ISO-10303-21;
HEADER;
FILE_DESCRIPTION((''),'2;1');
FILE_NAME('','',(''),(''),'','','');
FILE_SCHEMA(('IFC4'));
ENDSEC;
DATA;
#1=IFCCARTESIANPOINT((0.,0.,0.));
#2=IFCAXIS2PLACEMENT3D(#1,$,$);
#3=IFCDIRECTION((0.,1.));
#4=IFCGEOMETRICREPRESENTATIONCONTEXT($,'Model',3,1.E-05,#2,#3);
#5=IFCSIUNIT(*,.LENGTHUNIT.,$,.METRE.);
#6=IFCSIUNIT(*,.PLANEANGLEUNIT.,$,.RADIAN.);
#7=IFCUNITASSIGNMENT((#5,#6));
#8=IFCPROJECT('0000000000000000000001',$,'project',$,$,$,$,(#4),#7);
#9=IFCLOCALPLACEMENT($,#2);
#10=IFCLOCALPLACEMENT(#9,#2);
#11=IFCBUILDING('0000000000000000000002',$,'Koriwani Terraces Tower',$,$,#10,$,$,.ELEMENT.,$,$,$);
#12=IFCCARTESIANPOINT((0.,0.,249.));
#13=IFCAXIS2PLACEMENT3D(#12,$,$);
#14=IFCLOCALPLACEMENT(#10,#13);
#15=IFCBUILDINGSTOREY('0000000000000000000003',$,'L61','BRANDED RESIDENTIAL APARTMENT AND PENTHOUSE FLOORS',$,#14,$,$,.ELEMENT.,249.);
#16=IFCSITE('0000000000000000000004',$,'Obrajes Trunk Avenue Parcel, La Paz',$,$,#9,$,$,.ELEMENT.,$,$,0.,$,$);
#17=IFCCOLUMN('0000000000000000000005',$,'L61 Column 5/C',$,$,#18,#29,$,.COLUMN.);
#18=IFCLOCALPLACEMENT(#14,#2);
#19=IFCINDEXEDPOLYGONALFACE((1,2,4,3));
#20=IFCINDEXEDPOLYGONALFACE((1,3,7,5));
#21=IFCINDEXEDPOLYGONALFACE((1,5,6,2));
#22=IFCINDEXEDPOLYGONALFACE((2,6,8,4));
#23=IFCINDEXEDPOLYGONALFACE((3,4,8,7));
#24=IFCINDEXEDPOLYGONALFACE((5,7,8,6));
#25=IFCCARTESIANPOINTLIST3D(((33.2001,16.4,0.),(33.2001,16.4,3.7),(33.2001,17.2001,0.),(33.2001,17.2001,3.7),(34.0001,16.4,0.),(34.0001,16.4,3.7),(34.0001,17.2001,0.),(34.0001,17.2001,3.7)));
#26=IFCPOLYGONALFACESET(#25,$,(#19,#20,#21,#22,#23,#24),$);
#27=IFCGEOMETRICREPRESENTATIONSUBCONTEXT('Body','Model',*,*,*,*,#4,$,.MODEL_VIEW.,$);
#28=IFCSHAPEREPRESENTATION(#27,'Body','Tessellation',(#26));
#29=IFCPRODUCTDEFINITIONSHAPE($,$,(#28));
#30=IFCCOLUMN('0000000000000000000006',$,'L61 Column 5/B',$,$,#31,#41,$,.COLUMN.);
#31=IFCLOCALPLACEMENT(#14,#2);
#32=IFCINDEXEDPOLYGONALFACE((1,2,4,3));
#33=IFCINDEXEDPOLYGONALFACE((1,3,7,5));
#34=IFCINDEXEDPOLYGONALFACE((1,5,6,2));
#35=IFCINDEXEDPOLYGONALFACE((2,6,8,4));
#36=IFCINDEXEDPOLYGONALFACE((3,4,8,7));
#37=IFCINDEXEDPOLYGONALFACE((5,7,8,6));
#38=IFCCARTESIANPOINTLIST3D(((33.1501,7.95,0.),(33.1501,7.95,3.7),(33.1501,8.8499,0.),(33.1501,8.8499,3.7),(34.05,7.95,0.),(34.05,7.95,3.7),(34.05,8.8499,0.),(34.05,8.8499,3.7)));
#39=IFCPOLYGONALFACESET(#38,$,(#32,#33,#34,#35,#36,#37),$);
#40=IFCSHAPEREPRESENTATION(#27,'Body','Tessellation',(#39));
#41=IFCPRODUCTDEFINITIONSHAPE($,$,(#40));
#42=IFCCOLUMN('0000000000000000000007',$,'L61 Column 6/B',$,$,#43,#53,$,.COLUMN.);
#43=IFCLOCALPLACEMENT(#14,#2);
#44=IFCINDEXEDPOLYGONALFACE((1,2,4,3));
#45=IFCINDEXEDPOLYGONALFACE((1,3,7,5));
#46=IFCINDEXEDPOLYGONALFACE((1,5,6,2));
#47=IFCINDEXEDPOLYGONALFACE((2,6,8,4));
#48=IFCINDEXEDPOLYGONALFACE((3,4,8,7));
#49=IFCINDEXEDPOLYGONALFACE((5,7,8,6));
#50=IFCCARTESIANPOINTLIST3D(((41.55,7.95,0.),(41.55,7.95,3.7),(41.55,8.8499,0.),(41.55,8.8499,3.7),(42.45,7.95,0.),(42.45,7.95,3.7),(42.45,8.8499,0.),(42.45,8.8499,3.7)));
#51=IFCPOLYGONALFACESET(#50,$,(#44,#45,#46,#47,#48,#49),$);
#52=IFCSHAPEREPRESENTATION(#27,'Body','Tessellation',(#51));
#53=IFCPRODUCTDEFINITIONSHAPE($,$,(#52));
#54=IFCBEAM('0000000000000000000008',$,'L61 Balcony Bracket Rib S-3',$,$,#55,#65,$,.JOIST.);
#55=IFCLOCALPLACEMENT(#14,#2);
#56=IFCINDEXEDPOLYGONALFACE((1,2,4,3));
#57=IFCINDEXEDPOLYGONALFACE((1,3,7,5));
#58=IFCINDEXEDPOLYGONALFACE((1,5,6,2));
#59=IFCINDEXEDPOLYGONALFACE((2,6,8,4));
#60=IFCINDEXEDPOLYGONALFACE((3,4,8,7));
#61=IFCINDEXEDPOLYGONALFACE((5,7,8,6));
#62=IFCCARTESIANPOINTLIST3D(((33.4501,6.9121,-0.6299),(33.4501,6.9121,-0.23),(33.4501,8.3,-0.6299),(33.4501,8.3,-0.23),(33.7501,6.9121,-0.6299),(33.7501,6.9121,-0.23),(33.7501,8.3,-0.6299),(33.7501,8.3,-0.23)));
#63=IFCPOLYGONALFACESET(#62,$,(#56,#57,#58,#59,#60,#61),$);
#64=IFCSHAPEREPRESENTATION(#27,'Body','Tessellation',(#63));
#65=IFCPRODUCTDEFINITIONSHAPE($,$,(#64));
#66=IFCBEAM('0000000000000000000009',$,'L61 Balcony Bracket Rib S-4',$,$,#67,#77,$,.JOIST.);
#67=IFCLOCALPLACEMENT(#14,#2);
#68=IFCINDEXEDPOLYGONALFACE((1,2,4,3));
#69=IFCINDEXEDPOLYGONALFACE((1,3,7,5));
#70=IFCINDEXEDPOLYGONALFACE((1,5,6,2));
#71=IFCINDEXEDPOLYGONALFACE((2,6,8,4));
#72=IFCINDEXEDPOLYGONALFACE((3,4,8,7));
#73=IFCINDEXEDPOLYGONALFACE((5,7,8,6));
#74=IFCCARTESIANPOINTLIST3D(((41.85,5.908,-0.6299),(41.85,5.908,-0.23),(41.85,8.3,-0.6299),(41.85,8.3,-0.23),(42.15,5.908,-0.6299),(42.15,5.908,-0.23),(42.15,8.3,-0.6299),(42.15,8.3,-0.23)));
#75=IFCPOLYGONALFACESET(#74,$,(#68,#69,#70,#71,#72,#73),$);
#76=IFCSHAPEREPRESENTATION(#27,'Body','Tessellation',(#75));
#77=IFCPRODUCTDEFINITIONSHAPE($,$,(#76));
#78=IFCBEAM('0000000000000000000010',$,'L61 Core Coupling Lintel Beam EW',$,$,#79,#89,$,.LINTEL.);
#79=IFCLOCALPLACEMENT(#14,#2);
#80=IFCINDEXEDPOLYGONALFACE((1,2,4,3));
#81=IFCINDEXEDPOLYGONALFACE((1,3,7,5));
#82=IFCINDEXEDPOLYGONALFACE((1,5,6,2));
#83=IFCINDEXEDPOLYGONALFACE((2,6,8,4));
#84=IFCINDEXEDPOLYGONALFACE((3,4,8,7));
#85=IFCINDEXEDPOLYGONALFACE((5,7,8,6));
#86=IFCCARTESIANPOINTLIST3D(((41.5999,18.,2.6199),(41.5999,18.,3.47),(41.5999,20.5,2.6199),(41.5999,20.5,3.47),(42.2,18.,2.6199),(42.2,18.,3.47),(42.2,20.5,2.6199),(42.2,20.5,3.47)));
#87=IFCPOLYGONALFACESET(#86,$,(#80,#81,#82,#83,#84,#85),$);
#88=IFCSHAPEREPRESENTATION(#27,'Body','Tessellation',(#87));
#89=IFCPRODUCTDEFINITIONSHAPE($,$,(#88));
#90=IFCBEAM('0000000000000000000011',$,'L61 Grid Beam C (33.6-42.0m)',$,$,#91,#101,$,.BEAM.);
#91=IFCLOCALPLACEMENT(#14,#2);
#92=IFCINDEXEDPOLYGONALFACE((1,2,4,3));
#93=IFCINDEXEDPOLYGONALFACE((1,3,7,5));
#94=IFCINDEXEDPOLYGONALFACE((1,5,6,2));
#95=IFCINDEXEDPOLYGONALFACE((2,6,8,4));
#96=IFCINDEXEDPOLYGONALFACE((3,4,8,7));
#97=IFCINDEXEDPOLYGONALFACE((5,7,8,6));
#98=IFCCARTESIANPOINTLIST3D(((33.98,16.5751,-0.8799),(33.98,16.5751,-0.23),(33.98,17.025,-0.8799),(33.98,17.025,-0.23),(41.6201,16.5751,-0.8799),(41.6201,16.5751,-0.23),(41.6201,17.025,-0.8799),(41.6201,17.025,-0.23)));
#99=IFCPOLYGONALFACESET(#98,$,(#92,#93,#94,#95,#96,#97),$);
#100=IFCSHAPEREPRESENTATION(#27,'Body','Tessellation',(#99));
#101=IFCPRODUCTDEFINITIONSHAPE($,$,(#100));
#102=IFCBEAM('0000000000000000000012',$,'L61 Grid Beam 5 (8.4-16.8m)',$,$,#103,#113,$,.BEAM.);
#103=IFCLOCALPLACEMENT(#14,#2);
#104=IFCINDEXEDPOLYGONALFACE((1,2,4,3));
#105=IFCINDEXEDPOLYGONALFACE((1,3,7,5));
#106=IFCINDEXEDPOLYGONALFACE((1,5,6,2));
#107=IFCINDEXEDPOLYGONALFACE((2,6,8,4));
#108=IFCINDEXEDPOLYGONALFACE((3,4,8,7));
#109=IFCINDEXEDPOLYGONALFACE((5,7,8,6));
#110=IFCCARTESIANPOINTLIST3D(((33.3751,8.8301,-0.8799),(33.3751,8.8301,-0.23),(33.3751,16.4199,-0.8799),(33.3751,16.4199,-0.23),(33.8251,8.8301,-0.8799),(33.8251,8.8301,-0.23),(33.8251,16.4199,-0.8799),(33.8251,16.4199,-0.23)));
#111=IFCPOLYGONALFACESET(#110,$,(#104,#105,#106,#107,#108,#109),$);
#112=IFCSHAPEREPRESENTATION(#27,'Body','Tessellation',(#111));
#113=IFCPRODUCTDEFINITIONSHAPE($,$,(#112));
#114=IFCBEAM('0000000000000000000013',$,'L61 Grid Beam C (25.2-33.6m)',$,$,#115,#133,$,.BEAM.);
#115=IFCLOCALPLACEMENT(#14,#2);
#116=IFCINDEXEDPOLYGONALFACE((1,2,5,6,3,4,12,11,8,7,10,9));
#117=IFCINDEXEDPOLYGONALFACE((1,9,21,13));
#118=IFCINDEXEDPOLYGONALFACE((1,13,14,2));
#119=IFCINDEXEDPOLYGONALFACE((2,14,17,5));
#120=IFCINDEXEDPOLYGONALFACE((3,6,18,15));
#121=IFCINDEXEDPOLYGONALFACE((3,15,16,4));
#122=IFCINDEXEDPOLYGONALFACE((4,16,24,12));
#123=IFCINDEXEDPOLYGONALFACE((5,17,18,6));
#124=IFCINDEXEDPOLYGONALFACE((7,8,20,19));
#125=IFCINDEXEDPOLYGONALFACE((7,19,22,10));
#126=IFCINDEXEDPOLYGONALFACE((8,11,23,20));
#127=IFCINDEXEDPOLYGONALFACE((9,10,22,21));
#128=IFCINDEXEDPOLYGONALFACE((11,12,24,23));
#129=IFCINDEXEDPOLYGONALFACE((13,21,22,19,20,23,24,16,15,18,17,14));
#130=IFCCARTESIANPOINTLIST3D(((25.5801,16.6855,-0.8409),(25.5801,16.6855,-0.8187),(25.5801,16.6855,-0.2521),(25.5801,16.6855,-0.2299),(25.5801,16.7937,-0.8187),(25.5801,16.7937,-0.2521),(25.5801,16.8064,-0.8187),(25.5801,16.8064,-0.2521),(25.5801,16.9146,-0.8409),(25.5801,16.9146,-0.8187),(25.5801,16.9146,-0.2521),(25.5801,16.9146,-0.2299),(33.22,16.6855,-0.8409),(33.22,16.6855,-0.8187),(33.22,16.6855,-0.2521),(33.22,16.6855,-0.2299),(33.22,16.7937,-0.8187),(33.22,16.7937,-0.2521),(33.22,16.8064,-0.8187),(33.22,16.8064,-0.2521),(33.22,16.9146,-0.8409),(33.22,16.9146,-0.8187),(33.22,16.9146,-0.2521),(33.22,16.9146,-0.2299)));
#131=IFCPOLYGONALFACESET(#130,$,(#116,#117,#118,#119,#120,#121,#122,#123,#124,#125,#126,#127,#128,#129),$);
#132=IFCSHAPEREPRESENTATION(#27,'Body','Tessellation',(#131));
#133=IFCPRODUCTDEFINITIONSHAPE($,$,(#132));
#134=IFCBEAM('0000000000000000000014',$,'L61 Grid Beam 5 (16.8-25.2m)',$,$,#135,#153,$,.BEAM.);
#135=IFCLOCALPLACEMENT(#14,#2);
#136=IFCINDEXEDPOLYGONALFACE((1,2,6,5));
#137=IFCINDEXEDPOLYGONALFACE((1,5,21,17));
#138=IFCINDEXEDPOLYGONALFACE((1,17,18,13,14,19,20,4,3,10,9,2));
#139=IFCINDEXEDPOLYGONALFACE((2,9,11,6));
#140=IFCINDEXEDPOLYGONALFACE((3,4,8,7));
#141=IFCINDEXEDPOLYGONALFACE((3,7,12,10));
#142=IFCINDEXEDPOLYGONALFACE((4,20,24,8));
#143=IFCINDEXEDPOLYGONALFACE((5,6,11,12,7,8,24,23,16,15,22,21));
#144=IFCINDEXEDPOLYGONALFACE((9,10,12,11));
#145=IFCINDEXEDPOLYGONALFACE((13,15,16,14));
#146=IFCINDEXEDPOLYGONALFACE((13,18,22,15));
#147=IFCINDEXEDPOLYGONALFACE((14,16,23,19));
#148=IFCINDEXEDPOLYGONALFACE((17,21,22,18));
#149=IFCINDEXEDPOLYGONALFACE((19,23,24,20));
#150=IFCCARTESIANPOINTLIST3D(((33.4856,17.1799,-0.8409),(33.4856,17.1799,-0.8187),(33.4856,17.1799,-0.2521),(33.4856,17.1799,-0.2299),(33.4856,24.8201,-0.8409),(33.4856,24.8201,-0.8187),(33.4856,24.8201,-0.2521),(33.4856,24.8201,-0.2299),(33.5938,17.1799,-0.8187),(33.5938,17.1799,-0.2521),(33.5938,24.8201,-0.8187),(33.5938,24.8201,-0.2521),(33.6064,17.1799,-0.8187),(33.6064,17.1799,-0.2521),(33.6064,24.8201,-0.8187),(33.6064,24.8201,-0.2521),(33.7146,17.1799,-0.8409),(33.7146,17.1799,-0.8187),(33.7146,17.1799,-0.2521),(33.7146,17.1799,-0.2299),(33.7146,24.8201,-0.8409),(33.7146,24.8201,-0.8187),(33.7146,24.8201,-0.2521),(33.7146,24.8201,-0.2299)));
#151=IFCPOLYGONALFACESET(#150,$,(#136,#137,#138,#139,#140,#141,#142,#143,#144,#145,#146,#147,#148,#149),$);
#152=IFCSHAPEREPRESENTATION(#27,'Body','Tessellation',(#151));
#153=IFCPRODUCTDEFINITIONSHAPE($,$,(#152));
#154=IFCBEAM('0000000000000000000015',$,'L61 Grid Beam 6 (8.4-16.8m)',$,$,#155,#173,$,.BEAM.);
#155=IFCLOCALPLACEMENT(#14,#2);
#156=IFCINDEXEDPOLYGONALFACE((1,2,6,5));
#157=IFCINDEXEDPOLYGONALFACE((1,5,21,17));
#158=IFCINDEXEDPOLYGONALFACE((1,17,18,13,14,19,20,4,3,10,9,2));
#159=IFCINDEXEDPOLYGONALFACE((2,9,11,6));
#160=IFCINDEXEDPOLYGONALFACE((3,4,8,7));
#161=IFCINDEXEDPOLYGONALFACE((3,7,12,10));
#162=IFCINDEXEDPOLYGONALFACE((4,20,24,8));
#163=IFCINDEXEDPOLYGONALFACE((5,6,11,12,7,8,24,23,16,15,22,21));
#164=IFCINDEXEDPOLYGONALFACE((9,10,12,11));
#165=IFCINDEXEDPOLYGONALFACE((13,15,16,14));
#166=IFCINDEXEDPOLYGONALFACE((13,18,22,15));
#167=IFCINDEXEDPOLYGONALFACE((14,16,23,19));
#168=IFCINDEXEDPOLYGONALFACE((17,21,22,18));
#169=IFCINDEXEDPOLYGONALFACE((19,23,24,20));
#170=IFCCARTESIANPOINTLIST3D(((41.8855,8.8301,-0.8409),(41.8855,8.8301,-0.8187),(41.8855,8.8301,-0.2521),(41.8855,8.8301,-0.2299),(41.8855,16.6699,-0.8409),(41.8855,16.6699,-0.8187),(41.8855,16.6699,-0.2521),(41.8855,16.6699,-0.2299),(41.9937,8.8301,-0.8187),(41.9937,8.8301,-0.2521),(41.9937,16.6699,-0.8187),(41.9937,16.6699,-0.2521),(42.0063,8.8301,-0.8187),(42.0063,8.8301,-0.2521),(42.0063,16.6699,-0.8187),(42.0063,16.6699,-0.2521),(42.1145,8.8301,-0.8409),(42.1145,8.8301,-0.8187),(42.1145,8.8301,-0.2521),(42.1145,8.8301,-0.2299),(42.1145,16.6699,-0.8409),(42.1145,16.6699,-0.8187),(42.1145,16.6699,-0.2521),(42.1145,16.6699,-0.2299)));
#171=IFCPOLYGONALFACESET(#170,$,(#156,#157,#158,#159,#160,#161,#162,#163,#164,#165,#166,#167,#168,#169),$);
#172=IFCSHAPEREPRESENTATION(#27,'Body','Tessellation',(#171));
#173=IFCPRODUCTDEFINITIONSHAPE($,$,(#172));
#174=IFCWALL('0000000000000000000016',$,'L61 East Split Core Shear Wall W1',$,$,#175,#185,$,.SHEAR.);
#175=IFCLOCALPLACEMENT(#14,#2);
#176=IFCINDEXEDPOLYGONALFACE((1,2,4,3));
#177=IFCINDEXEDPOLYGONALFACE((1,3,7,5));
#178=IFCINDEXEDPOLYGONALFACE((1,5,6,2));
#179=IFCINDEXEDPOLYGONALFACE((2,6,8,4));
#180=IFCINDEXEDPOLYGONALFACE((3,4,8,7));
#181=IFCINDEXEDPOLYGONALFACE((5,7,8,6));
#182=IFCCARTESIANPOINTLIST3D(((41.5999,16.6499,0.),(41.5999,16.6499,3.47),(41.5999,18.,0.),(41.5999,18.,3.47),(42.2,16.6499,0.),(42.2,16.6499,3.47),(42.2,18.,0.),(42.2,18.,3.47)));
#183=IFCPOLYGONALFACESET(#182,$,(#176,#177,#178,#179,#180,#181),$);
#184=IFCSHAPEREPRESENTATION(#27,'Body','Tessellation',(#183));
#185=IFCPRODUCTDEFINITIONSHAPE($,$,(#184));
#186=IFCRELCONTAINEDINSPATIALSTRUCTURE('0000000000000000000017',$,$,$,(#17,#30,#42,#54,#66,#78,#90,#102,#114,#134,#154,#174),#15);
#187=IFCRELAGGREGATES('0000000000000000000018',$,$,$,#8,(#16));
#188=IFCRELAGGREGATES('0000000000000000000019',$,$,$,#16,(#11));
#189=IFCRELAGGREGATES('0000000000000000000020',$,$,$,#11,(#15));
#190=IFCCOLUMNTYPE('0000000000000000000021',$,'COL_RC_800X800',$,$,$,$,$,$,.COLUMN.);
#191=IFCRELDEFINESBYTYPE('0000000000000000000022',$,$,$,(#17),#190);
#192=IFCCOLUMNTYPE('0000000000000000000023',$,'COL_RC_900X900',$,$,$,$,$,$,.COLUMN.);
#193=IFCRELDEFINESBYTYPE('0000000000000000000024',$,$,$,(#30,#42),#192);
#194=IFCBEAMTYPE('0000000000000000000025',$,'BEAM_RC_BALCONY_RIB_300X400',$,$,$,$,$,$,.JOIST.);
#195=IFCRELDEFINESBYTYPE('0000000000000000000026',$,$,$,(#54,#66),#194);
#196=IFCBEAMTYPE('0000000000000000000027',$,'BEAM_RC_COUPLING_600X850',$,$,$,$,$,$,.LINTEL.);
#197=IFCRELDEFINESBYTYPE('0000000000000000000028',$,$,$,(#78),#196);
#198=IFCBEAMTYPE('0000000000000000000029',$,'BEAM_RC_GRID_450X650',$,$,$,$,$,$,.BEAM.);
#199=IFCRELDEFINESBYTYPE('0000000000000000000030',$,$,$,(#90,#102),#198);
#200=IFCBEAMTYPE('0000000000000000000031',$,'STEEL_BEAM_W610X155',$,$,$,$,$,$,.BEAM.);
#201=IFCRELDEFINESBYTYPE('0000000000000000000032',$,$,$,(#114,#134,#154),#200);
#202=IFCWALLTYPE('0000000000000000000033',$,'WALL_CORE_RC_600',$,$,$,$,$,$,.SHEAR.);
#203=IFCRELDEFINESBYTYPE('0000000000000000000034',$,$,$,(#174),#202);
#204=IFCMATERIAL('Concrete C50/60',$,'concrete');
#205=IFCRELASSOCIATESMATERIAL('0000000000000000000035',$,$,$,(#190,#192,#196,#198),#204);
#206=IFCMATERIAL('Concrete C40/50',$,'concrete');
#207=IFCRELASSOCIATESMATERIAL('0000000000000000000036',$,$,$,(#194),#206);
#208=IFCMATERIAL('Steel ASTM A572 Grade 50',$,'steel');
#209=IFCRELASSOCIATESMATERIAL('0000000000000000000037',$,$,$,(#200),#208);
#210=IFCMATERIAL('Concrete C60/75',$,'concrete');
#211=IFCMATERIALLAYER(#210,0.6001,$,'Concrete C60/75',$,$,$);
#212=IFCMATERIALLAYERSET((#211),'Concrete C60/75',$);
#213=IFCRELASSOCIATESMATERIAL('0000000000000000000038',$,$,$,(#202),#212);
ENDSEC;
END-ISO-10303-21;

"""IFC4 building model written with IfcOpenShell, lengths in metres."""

from ifc_helpers import new_model, si_unit, direction, frame, frame_2d, origin, origin_2d, place, context, subcontext, project, spatial, rectangle, i_section, extrude, material, layer, layer_set, material_profile, profile_set, type_object, element, save


model = new_model("IFC4")

# Units and contexts
model_context = context("Model", 3, precision=1e-05, world=origin(), true_north=direction((0.0, 1.0)))
body_context = subcontext(model_context, "Body", "Model", "MODEL_VIEW")
ifc_project = project(units=[si_unit("LENGTHUNIT", "METRE"), si_unit("PLANEANGLEUNIT", "RADIAN")], contexts=[model_context])

# Site, building, storey
site_placement = place(None, origin())
site = spatial("IfcSite", under=ifc_project, at=site_placement, Name="Obrajes Trunk Avenue Parcel, La Paz", CompositionType="ELEMENT", RefElevation=0.0)
building_placement = place(site_placement, origin())
building = spatial("IfcBuilding", under=site, at=building_placement, Name="Koriwani Terraces Tower", CompositionType="ELEMENT")
storey_placement = place(building_placement, frame((0.0, 0.0, 249.0)))
storey = spatial("IfcBuildingStorey", under=building, at=storey_placement, Name="L61", Description="BRANDED RESIDENTIAL APARTMENT AND PENTHOUSE FLOORS", CompositionType="ELEMENT", Elevation=249.0)

# Columns
ifc_material_1 = material(Name="Concrete C50/60", Category="concrete")
ifc_material_profile_1 = material_profile(ifc_material_1, rectangle(XDim=0.8, YDim=0.8, at=origin_2d()), Name="Concrete C50/60", Category="LoadBearing")
ifc_profile_set_1 = profile_set([ifc_material_profile_1], Name="Concrete C50/60")
column_type_1 = type_object("IfcColumnType", Name="COL_RC_800X800", PredefinedType="COLUMN", material=ifc_profile_set_1)
column_placement = place(storey_placement, frame((33.6001, 16.8, 0.0), z_axis=(0.0, 0.0, 1.0), x_axis=(1.0, 0.0, 0.0)))
element("IfcColumn", 1, at=column_placement, inside=storey, type_object=column_type_1, Name="L61 Column 5/C", PredefinedType="COLUMN", context=body_context, shape_type="SweptSolid", body=[
    extrude(rectangle(XDim=0.8, YDim=0.8, at=origin_2d()), origin(), (0.0, 0.0, 1.0), 3.7),
])
ifc_material_profile_2 = material_profile(ifc_material_1, rectangle(XDim=0.8999, YDim=0.8999, at=origin_2d()), Name="Concrete C50/60", Category="LoadBearing")
ifc_profile_set_2 = profile_set([ifc_material_profile_2], Name="Concrete C50/60")
column_type_2 = type_object("IfcColumnType", Name="COL_RC_900X900", PredefinedType="COLUMN", material=ifc_profile_set_2)
for number, where, z_axis, x_axis, name in (
    (2, (33.6001, 8.3999, 0.0), (0.0, 0.0, 1.0), (1.0, 0.0, 0.0), "L61 Column 5/B"),
    (3, (42.0, 8.3999, 0.0), (0.0, 0.0, 1.0), (1.0, 0.0, 0.0), "L61 Column 6/B"),
):
    element("IfcColumn", number, at=place(storey_placement, frame(where, z_axis=z_axis, x_axis=x_axis)), inside=storey, type_object=column_type_2, Name=name, PredefinedType="COLUMN", context=body_context, shape_type="SweptSolid", body=[
        extrude(rectangle(XDim=0.8999, YDim=0.8999, at=origin_2d()), origin(), (0.0, 0.0, 1.0), 3.7),
    ])

# Beams
ifc_material_2 = material(Name="Concrete C40/50", Category="concrete")
ifc_material_profile_3 = material_profile(ifc_material_2, rectangle(XDim=0.3, YDim=0.3999, at=origin_2d()), Name="Concrete C40/50", Category="LoadBearing")
ifc_profile_set_3 = profile_set([ifc_material_profile_3], Name="Concrete C40/50")
beam_type_1 = type_object("IfcBeamType", Name="BEAM_RC_BALCONY_RIB_300X400", PredefinedType="JOIST", material=ifc_profile_set_3)
beam_1_placement = place(storey_placement, frame((33.6001, 6.9121, -0.4299), z_axis=(0.0, 1.0, 0.0), x_axis=(-1.0, 0.0, 0.0)))
element("IfcBeam", 4, at=beam_1_placement, inside=storey, type_object=beam_type_1, Name="L61 Balcony Bracket Rib S-3", PredefinedType="JOIST", context=body_context, shape_type="SweptSolid", body=[
    extrude(rectangle(XDim=0.3, YDim=0.3999, at=origin_2d()), origin(), (0.0, 0.0, 1.0), 1.3879),
])
beam_2_placement = place(storey_placement, frame((42.0, 5.908, -0.4299), z_axis=(0.0, 1.0, 0.0), x_axis=(-1.0, 0.0, 0.0)))
element("IfcBeam", 5, at=beam_2_placement, inside=storey, type_object=beam_type_1, Name="L61 Balcony Bracket Rib S-4", PredefinedType="JOIST", context=body_context, shape_type="SweptSolid", body=[
    extrude(rectangle(XDim=0.3, YDim=0.3999, at=origin_2d()), origin(), (0.0, 0.0, 1.0), 2.3921),
])
ifc_material_profile_4 = material_profile(ifc_material_1, rectangle(XDim=0.6001, YDim=0.8501, at=origin_2d()), Name="Concrete C50/60", Category="LoadBearing")
ifc_profile_set_4 = profile_set([ifc_material_profile_4], Name="Concrete C50/60")
beam_type_2 = type_object("IfcBeamType", Name="BEAM_RC_COUPLING_600X850", PredefinedType="LINTEL", material=ifc_profile_set_4)
beam_3_placement = place(storey_placement, frame((41.8999, 18.0, 3.0449), z_axis=(0.0, 1.0, 0.0), x_axis=(-1.0, 0.0, 0.0)))
element("IfcBeam", 6, at=beam_3_placement, inside=storey, type_object=beam_type_2, Name="L61 Core Coupling Lintel Beam EW", PredefinedType="LINTEL", context=body_context, shape_type="SweptSolid", body=[
    extrude(rectangle(XDim=0.6001, YDim=0.8501, at=origin_2d()), origin(), (0.0, 0.0, 1.0), 2.5),
])
ifc_material_profile_5 = material_profile(ifc_material_1, rectangle(XDim=0.45, YDim=0.6499, at=origin_2d()), Name="Concrete C50/60", Category="LoadBearing")
ifc_profile_set_5 = profile_set([ifc_material_profile_5], Name="Concrete C50/60")
beam_type_3 = type_object("IfcBeamType", Name="BEAM_RC_GRID_450X650", PredefinedType="BEAM", material=ifc_profile_set_5)
beam_4_placement = place(storey_placement, frame((33.98, 16.8, -0.5549), z_axis=(1.0, 0.0, 0.0), x_axis=(0.0, 1.0, 0.0)))
element("IfcBeam", 7, at=beam_4_placement, inside=storey, type_object=beam_type_3, Name="L61 Grid Beam C (33.6-42.0m)", PredefinedType="BEAM", context=body_context, shape_type="SweptSolid", body=[
    extrude(rectangle(XDim=0.45, YDim=0.6499, at=origin_2d()), origin(), (0.0, 0.0, 1.0), 7.6401),
])
beam_5_placement = place(storey_placement, frame((33.6001, 8.8301, -0.5549), z_axis=(0.0, 1.0, 0.0), x_axis=(-1.0, 0.0, 0.0)))
element("IfcBeam", 8, at=beam_5_placement, inside=storey, type_object=beam_type_3, Name="L61 Grid Beam 5 (8.4-16.8m)", PredefinedType="BEAM", context=body_context, shape_type="SweptSolid", body=[
    extrude(rectangle(XDim=0.45, YDim=0.6499, at=origin_2d()), origin(), (0.0, 0.0, 1.0), 7.5898),
])
ifc_material_3 = material(Name="Steel ASTM A572 Grade 50", Category="steel")
ifc_material_profile_6 = material_profile(ifc_material_3, i_section(OverallWidth=0.229, OverallDepth=0.6111, WebThickness=0.0127, FlangeThickness=0.0222, at=origin_2d()), Name="Steel ASTM A572 Grade 50", Category="LoadBearing")
ifc_profile_set_6 = profile_set([ifc_material_profile_6], Name="Steel ASTM A572 Grade 50")
beam_type_4 = type_object("IfcBeamType", Name="STEEL_BEAM_W610X155", PredefinedType="BEAM", material=ifc_profile_set_6)
beam_6_placement = place(storey_placement, frame((25.5801, 16.8, -0.5354), z_axis=(1.0, 0.0, 0.0), x_axis=(0.0, 1.0, 0.0)))
element("IfcBeam", 9, at=beam_6_placement, inside=storey, type_object=beam_type_4, Name="L61 Grid Beam C (25.2-33.6m)", PredefinedType="BEAM", context=body_context, shape_type="SweptSolid", body=[
    extrude(i_section(OverallWidth=0.229, OverallDepth=0.6111, WebThickness=0.0127, FlangeThickness=0.0222, at=origin_2d()), origin(), (0.0, 0.0, 1.0), 7.6399),
])
beam_7_placement = place(storey_placement, frame((33.6001, 17.1799, -0.5354), z_axis=(0.0, 1.0, 0.0), x_axis=(-1.0, 0.0, 0.0)))
element("IfcBeam", 10, at=beam_7_placement, inside=storey, type_object=beam_type_4, Name="L61 Grid Beam 5 (16.8-25.2m)", PredefinedType="BEAM", context=body_context, shape_type="SweptSolid", body=[
    extrude(i_section(OverallWidth=0.229, OverallDepth=0.6111, WebThickness=0.0127, FlangeThickness=0.0222, at=origin_2d()), origin(), (0.0, 0.0, 1.0), 7.6401),
])
beam_8_placement = place(storey_placement, frame((42.0, 8.8301, -0.5354), z_axis=(0.0, 1.0, 0.0), x_axis=(-1.0, 0.0, 0.0)))
element("IfcBeam", 11, at=beam_8_placement, inside=storey, type_object=beam_type_4, Name="L61 Grid Beam 6 (8.4-16.8m)", PredefinedType="BEAM", context=body_context, shape_type="SweptSolid", body=[
    extrude(i_section(OverallWidth=0.229, OverallDepth=0.6111, WebThickness=0.0127, FlangeThickness=0.0222, at=origin_2d()), origin(), (0.0, 0.0, 1.0), 7.8398),
])

# Wall
ifc_material_4 = material(Name="Concrete C60/75", Category="concrete")
ifc_layer_1 = layer(ifc_material_4, 0.6001, Name="Concrete C60/75")
ifc_layer_set_1 = layer_set([ifc_layer_1], Name="Concrete C60/75")
wall_type_1 = type_object("IfcWallType", Name="WALL_CORE_RC_600", PredefinedType="SHEAR", material=ifc_layer_set_1)
wall_1_placement = place(storey_placement, frame((41.8999, 16.6499, 0.0), z_axis=(0.0, 0.0, 1.0), x_axis=(0.0, 1.0, 0.0)))
element("IfcWall", 12, at=wall_1_placement, inside=storey, type_object=wall_type_1, Name="L61 East Split Core Shear Wall W1", PredefinedType="SHEAR", context=body_context, shape_type="SweptSolid", body=[
    extrude(rectangle(XDim=1.3501, YDim=0.6001, at=frame_2d((0.675, 0.0))), origin(), (0.0, 0.0, 1.0), 3.47),
])

save(model, "model.ifc")
